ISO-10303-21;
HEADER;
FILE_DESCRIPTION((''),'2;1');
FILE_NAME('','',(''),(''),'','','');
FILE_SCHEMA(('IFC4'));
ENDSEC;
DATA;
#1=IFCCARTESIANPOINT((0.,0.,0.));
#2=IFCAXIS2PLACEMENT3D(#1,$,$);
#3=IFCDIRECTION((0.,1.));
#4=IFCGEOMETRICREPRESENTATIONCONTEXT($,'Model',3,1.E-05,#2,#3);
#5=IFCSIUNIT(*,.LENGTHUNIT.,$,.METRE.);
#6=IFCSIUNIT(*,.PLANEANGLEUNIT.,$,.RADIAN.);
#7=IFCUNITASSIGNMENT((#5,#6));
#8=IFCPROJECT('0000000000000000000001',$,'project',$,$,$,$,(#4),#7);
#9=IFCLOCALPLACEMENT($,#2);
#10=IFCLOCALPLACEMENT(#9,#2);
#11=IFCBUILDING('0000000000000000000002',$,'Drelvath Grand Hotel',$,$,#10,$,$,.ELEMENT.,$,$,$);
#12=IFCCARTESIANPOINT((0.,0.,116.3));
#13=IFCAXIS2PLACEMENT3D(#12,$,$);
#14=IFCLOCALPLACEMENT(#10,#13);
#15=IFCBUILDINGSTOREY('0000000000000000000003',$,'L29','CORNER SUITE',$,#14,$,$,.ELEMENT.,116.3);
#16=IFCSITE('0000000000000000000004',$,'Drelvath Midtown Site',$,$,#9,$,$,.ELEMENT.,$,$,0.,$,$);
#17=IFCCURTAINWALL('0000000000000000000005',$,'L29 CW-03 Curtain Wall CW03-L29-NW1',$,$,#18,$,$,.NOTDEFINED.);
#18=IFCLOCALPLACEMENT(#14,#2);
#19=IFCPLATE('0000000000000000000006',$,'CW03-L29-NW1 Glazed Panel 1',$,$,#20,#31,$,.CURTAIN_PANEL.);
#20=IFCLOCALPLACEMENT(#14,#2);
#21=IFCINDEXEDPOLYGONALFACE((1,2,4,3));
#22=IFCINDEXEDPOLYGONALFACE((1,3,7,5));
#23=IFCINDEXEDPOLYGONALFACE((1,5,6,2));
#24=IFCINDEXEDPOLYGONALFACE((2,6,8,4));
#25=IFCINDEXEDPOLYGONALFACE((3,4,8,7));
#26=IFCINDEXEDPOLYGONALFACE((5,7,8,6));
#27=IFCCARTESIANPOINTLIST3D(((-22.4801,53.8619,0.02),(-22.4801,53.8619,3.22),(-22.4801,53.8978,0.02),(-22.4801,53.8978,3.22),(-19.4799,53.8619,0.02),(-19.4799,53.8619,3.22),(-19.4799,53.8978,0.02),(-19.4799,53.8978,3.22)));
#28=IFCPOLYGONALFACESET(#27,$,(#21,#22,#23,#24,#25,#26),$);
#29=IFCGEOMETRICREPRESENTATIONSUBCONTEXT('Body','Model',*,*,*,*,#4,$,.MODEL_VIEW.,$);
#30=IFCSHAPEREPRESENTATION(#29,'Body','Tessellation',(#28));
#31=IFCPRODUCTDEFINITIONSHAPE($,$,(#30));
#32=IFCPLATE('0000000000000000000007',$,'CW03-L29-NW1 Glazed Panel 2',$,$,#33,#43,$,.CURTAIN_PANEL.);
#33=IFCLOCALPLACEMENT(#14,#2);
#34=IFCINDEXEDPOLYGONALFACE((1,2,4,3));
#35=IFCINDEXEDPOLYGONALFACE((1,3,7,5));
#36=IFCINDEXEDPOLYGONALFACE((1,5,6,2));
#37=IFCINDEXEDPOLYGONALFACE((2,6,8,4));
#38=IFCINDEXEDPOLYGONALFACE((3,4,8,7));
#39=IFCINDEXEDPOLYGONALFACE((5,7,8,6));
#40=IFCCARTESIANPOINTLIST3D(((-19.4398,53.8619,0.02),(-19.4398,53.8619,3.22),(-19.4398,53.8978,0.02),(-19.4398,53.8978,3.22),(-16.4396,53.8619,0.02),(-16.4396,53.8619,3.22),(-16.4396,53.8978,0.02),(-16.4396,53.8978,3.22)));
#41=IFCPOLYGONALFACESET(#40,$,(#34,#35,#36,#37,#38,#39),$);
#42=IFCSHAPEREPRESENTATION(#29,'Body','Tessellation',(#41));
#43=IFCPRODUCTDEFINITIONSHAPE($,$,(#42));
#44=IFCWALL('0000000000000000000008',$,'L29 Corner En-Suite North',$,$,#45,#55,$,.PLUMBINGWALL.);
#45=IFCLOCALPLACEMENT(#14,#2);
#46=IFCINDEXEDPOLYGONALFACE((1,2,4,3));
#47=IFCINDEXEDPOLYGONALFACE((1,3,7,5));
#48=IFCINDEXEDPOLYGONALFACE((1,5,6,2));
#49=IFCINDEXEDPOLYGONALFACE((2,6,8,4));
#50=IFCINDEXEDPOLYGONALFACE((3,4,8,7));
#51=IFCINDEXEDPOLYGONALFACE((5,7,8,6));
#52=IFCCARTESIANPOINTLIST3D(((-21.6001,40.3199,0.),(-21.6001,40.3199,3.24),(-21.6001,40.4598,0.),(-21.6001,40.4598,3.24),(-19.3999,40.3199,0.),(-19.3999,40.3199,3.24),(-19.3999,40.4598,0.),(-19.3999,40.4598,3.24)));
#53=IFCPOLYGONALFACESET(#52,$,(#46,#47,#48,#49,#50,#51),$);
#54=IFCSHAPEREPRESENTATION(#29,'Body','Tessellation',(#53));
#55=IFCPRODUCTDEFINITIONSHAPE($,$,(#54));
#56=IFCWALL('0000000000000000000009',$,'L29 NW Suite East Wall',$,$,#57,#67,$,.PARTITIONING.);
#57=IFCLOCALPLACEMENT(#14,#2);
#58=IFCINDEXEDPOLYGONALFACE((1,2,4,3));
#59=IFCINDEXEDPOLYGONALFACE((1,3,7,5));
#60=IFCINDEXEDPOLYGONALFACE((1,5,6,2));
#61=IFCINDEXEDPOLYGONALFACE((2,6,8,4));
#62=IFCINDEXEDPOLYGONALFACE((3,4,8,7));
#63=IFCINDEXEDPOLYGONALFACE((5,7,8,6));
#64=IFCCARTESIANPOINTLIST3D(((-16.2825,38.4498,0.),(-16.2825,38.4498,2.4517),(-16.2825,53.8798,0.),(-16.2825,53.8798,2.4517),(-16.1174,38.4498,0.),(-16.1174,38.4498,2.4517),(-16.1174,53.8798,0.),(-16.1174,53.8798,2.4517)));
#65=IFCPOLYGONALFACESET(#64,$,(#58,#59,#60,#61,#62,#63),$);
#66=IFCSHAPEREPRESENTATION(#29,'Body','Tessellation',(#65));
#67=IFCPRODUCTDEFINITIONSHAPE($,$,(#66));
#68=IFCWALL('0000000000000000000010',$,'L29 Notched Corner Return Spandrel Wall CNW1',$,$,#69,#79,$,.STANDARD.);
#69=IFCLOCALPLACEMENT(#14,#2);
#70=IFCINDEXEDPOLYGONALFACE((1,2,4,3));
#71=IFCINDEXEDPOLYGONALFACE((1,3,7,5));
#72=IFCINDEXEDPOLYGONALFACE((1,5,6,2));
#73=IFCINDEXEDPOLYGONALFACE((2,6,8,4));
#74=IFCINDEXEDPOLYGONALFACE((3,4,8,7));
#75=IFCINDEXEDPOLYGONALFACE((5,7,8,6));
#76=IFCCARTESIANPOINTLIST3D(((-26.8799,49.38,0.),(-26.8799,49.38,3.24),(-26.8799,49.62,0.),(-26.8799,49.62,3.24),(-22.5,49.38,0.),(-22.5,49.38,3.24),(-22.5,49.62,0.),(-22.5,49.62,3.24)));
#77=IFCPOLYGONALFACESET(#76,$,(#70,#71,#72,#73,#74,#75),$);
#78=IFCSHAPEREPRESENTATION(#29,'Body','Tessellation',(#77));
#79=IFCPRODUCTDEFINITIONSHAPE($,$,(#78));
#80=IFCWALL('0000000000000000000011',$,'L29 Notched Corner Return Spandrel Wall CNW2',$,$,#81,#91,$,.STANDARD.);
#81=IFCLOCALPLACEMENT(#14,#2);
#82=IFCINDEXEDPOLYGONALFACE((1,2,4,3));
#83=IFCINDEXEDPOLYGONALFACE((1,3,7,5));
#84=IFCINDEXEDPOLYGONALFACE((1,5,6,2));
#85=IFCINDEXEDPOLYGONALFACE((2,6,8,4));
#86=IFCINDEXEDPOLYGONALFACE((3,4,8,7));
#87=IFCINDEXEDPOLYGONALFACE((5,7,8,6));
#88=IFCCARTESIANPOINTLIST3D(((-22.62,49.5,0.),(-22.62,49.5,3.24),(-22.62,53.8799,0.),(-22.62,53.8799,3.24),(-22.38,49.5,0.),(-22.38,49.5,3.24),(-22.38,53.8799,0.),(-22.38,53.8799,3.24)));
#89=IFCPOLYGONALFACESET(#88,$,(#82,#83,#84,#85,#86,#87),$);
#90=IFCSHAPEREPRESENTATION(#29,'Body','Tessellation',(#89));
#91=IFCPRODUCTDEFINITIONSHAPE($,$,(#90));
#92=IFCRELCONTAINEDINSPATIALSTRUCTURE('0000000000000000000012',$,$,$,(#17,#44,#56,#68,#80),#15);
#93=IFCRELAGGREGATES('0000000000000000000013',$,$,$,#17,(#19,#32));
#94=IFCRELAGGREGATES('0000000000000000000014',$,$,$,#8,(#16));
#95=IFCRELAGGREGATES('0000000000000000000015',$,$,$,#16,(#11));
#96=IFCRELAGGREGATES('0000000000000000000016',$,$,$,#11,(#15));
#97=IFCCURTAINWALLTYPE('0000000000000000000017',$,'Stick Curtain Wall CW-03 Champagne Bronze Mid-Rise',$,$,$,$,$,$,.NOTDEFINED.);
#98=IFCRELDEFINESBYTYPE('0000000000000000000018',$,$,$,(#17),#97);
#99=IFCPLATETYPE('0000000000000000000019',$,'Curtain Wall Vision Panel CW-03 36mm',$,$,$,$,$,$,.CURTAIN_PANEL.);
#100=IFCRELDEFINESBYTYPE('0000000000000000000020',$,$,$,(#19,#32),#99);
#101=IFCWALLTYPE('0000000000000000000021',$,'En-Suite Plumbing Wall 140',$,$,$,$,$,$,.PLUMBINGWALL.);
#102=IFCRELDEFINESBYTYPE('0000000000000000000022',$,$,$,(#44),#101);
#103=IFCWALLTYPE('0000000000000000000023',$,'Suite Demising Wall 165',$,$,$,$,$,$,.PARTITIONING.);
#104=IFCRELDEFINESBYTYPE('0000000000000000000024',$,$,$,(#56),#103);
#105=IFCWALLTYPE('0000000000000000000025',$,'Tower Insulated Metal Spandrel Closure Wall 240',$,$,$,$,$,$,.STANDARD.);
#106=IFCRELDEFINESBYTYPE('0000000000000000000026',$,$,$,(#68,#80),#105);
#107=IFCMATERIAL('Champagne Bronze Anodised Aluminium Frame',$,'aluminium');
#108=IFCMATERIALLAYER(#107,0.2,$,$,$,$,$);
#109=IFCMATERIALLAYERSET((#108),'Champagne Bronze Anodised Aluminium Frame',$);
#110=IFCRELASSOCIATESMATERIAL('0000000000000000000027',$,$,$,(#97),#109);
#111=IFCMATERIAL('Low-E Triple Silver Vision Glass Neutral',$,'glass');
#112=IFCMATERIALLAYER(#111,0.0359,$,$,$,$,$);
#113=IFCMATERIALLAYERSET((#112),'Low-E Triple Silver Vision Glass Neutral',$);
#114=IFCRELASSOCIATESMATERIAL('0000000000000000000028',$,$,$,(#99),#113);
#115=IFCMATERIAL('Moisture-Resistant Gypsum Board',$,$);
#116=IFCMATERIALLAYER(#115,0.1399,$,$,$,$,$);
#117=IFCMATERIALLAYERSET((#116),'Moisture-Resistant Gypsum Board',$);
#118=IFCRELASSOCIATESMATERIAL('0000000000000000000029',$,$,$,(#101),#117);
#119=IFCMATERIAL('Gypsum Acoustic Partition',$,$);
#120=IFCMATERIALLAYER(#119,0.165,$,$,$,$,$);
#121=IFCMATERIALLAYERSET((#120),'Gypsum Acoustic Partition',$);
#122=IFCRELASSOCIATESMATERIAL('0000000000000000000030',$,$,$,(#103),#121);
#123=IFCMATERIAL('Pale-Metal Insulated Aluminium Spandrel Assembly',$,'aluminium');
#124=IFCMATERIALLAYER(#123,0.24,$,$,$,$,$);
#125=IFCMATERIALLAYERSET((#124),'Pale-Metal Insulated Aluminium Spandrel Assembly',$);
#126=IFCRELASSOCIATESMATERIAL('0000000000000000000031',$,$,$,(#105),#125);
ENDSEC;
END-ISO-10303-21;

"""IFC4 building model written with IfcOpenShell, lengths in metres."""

from ifc_helpers import new_model, si_unit, direction, frame, frame_2d, origin, origin_2d, place, context, subcontext, project, spatial, rectangle, extrude, material, layer, layer_set, type_object, element, aggregate, save


model = new_model("IFC4")

# Units and contexts
model_context = context("Model", 3, precision=1e-05, world=origin(), true_north=direction((0.0, 1.0)))
body_context = subcontext(model_context, "Body", "Model", "MODEL_VIEW")
ifc_project = project(units=[si_unit("LENGTHUNIT", "METRE"), si_unit("PLANEANGLEUNIT", "RADIAN")], contexts=[model_context])

# Site, building, storey
site_placement = place(None, origin())
site = spatial("IfcSite", under=ifc_project, at=site_placement, Name="Drelvath Midtown Site", CompositionType="ELEMENT", RefElevation=0.0)
building_placement = place(site_placement, origin())
building = spatial("IfcBuilding", under=site, at=building_placement, Name="Drelvath Grand Hotel", CompositionType="ELEMENT")
storey_placement = place(building_placement, frame((0.0, 0.0, 116.3)))
storey = spatial("IfcBuildingStorey", under=building, at=storey_placement, Name="L29", Description="CORNER SUITE", CompositionType="ELEMENT", Elevation=116.3)

# Curtain wall
ifc_material_1 = material(Name="Champagne Bronze Anodised Aluminium Frame", Category="aluminium")
ifc_layer_1 = layer(ifc_material_1, 0.2)
ifc_layer_set_1 = layer_set([ifc_layer_1], Name="Champagne Bronze Anodised Aluminium Frame")
curtain_wall_type = type_object("IfcCurtainWallType", Name="Stick Curtain Wall CW-03 Champagne Bronze Mid-Rise", PredefinedType="NOTDEFINED", material=ifc_layer_set_1)
curtain_wall_1_placement = place(storey_placement, origin())
curtain_wall_1 = element("IfcCurtainWall", 1, at=curtain_wall_1_placement, inside=storey, type_object=curtain_wall_type, Name="L29 CW-03 Curtain Wall CW03-L29-NW1", PredefinedType="NOTDEFINED")

# Plates
ifc_material_2 = material(Name="Low-E Triple Silver Vision Glass Neutral", Category="glass")
ifc_layer_2 = layer(ifc_material_2, 0.0359)
ifc_layer_set_2 = layer_set([ifc_layer_2], Name="Low-E Triple Silver Vision Glass Neutral")
plate_type = type_object("IfcPlateType", Name="Curtain Wall Vision Panel CW-03 36mm", PredefinedType="CURTAIN_PANEL", material=ifc_layer_set_2)
plate_1_placement = place(storey_placement, frame((-20.98, 53.8799, 0.02), z_axis=(0.0, 0.0, 1.0), x_axis=(1.0, 0.0, 0.0)))
plate_1 = element("IfcPlate", 2, at=plate_1_placement, type_object=plate_type, Name="CW03-L29-NW1 Glazed Panel 1", PredefinedType="CURTAIN_PANEL", context=body_context, shape_type="SweptSolid", body=[
    extrude(rectangle(XDim=3.0002, YDim=0.0359, at=origin_2d()), origin(), (0.0, 0.0, 1.0), 3.2),
])
plate_2_placement = place(storey_placement, frame((-17.9397, 53.8799, 0.02), z_axis=(0.0, 0.0, 1.0), x_axis=(1.0, 0.0, 0.0)))
plate_2 = element("IfcPlate", 3, at=plate_2_placement, type_object=plate_type, Name="CW03-L29-NW1 Glazed Panel 2", PredefinedType="CURTAIN_PANEL", context=body_context, shape_type="SweptSolid", body=[
    extrude(rectangle(XDim=3.0002, YDim=0.0359, at=origin_2d()), origin(), (0.0, 0.0, 1.0), 3.2),
])
aggregate(curtain_wall_1, [plate_1, plate_2])

# Walls
ifc_material_3 = material(Name="Moisture-Resistant Gypsum Board")
ifc_layer_3 = layer(ifc_material_3, 0.1399)
ifc_layer_set_3 = layer_set([ifc_layer_3], Name="Moisture-Resistant Gypsum Board")
wall_type_1 = type_object("IfcWallType", Name="En-Suite Plumbing Wall 140", PredefinedType="PLUMBINGWALL", material=ifc_layer_set_3)
wall_1_placement = place(storey_placement, frame((-21.6001, 40.3899, 0.0), z_axis=(0.0, 0.0, 1.0), x_axis=(1.0, 0.0, 0.0)))
element("IfcWall", 4, at=wall_1_placement, inside=storey, type_object=wall_type_1, Name="L29 Corner En-Suite North", PredefinedType="PLUMBINGWALL", context=body_context, shape_type="SweptSolid", body=[
    extrude(rectangle(XDim=2.2002, YDim=0.1399, at=frame_2d((1.1001, 0.0))), origin(), (0.0, 0.0, 1.0), 3.24),
])
ifc_material_4 = material(Name="Gypsum Acoustic Partition")
ifc_layer_4 = layer(ifc_material_4, 0.165)
ifc_layer_set_4 = layer_set([ifc_layer_4], Name="Gypsum Acoustic Partition")
wall_type_2 = type_object("IfcWallType", Name="Suite Demising Wall 165", PredefinedType="PARTITIONING", material=ifc_layer_set_4)
wall_2_placement = place(storey_placement, frame((-16.2, 38.45, 0.0), z_axis=(0.0, 0.0, 1.0), x_axis=(0.0, 1.0, 0.0)))
element("IfcWall", 5, at=wall_2_placement, inside=storey, type_object=wall_type_2, Name="L29 NW Suite East Wall", PredefinedType="PARTITIONING", context=body_context, shape_type="SweptSolid", body=[
    extrude(rectangle(XDim=15.4299, YDim=0.165, at=frame_2d((7.7148, 0.0))), origin(), (0.0, 0.0, 1.0), 2.4517),
])
ifc_material_5 = material(Name="Pale-Metal Insulated Aluminium Spandrel Assembly", Category="aluminium")
ifc_layer_5 = layer(ifc_material_5, 0.24)
ifc_layer_set_5 = layer_set([ifc_layer_5], Name="Pale-Metal Insulated Aluminium Spandrel Assembly")
wall_type_3 = type_object("IfcWallType", Name="Tower Insulated Metal Spandrel Closure Wall 240", PredefinedType="STANDARD", material=ifc_layer_set_5)
for number, where, z_axis, x_axis, name in (
    (6, (-26.8799, 49.5, 0.0), (0.0, 0.0, 1.0), (1.0, 0.0, 0.0), "L29 Notched Corner Return Spandrel Wall CNW1"),
    (7, (-22.5, 49.5, 0.0), (0.0, 0.0, 1.0), (0.0, 1.0, 0.0), "L29 Notched Corner Return Spandrel Wall CNW2"),
):
    element("IfcWall", number, at=place(storey_placement, frame(where, z_axis=z_axis, x_axis=x_axis)), inside=storey, type_object=wall_type_3, Name=name, PredefinedType="STANDARD", context=body_context, shape_type="SweptSolid", body=[
        extrude(rectangle(XDim=4.3799, YDim=0.24, at=frame_2d((2.1899, 0.0))), origin(), (0.0, 0.0, 1.0), 3.24),
    ])

save(model, "model.ifc")
